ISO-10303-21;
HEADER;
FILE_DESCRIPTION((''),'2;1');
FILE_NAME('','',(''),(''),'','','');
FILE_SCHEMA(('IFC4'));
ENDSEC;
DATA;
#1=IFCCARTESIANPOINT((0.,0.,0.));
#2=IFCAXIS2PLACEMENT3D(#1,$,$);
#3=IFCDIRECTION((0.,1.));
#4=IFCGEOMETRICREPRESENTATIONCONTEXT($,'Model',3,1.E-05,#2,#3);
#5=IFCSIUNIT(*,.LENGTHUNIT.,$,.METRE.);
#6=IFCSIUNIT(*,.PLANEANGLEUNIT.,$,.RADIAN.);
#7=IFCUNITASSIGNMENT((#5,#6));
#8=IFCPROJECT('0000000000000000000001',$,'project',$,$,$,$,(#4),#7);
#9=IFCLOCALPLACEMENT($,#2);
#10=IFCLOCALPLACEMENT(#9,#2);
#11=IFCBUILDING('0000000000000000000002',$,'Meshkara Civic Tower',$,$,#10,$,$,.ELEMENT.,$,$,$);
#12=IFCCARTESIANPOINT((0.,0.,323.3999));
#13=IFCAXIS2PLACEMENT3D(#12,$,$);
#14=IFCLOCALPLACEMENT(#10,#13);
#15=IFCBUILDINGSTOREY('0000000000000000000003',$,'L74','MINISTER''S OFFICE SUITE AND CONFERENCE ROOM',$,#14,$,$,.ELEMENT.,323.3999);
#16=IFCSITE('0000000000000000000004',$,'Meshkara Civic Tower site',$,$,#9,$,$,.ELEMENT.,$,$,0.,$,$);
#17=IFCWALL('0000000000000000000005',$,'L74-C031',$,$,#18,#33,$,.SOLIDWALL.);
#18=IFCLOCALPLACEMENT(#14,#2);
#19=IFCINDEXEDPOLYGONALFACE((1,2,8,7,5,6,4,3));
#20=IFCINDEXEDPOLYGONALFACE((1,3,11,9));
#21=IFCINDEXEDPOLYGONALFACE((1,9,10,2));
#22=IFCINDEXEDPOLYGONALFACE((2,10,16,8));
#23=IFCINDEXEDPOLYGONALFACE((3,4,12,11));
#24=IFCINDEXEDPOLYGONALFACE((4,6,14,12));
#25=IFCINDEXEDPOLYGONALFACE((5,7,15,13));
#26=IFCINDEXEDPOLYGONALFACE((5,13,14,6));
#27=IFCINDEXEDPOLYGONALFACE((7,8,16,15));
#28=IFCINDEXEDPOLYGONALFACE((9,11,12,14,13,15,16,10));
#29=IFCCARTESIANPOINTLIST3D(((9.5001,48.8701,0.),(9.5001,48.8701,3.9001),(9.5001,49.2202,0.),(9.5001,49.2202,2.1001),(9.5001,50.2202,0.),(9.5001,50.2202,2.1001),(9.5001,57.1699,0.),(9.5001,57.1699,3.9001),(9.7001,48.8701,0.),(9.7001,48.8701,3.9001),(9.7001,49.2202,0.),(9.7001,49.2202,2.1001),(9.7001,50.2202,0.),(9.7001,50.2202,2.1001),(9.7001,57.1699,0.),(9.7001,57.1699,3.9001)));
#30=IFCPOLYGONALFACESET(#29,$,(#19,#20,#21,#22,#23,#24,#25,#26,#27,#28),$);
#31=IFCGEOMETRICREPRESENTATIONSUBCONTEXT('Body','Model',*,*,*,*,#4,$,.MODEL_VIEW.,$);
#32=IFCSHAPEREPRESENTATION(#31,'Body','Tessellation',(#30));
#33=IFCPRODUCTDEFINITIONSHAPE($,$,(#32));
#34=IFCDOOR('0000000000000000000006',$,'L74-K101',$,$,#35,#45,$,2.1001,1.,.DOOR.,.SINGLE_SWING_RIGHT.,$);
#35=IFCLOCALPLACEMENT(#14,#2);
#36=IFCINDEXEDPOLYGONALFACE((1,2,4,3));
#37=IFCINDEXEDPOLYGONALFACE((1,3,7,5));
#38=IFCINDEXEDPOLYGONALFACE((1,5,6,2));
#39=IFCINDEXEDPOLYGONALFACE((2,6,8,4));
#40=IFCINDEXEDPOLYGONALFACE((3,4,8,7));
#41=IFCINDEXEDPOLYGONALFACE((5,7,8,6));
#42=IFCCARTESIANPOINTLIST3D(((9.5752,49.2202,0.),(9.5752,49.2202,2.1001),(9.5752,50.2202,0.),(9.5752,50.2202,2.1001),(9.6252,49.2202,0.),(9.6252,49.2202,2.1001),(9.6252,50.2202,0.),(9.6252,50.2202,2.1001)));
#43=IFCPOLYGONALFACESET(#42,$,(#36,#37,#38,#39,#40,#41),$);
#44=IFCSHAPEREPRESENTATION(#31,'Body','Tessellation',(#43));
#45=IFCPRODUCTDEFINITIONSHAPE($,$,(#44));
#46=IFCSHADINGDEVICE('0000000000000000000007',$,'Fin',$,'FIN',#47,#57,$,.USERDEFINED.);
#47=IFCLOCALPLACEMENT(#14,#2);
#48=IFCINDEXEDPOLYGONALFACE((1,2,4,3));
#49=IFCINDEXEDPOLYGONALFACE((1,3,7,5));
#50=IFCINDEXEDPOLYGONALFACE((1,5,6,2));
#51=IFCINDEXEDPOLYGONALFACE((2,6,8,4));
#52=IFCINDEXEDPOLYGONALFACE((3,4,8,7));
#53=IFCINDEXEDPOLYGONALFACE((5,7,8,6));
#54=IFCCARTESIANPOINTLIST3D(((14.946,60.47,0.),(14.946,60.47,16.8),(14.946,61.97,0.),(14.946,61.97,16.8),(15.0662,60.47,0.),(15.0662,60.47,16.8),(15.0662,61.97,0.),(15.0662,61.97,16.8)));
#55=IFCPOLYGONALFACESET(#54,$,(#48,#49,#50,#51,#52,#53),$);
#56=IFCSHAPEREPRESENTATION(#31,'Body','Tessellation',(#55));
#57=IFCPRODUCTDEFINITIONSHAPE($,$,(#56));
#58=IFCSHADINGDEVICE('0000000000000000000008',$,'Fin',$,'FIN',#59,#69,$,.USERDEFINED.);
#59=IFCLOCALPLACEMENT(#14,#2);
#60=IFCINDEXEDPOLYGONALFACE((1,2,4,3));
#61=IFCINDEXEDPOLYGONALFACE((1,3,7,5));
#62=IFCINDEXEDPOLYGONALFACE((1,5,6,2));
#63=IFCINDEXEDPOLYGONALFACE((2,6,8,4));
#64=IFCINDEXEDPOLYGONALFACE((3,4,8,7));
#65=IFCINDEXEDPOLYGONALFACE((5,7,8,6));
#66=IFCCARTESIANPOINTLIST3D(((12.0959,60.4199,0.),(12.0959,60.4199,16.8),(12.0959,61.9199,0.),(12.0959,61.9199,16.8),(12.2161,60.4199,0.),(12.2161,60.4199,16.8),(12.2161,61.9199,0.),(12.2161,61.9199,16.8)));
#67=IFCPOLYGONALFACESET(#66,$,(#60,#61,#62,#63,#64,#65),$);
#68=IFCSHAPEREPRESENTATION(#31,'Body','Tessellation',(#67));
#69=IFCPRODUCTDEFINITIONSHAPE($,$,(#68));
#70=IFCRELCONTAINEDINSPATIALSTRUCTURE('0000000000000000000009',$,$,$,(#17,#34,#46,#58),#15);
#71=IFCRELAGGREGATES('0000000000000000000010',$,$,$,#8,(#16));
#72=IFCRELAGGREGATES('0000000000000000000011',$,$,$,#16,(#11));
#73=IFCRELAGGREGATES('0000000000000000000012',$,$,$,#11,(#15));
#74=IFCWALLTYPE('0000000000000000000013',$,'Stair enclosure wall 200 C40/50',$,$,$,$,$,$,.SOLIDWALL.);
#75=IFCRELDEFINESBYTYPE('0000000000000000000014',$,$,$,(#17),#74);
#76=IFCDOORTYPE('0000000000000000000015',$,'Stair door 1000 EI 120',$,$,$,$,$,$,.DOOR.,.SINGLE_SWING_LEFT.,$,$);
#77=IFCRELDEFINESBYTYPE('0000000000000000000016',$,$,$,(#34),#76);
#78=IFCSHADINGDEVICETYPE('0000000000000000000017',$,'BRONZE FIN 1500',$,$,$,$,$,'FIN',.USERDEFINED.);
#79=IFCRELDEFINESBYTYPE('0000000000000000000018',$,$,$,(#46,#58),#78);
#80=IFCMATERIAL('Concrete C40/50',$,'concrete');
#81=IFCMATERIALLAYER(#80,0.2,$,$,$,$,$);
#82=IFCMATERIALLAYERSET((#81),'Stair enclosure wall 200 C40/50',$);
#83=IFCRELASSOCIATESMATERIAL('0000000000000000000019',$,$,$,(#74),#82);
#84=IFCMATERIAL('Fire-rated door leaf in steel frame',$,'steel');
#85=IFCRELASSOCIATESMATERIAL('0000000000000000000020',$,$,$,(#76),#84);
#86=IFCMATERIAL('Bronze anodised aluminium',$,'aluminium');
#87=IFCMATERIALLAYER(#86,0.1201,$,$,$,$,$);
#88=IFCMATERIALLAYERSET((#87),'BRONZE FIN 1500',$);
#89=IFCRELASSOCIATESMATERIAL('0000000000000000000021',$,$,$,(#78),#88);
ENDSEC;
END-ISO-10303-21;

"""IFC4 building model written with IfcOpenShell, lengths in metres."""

from ifc_helpers import new_model, si_unit, direction, frame, frame_2d, origin, origin_2d, place, context, subcontext, project, spatial, rectangle, extrude, material, layer, layer_set, type_object, element, fill, save


model = new_model("IFC4")

# Units and contexts
model_context = context("Model", 3, precision=1e-05, world=origin(), true_north=direction((0.0, 1.0)))
body_context = subcontext(model_context, "Body", "Model", "MODEL_VIEW")
ifc_project = project(units=[si_unit("LENGTHUNIT", "METRE"), si_unit("PLANEANGLEUNIT", "RADIAN")], contexts=[model_context])

# Site, building, storey
site_placement = place(None, origin())
site = spatial("IfcSite", under=ifc_project, at=site_placement, Name="Meshkara Civic Tower site", CompositionType="ELEMENT", RefElevation=0.0)
building_placement = place(site_placement, origin())
building = spatial("IfcBuilding", under=site, at=building_placement, Name="Meshkara Civic Tower", CompositionType="ELEMENT")
storey_placement = place(building_placement, frame((0.0, 0.0, 323.3999)))
storey = spatial("IfcBuildingStorey", under=building, at=storey_placement, Name="L74", Description="MINISTER'S OFFICE SUITE AND CONFERENCE ROOM", CompositionType="ELEMENT", Elevation=323.3999)

# Wall, opening, door
ifc_material_1 = material(Name="Concrete C40/50", Category="concrete")
ifc_layer_1 = layer(ifc_material_1, 0.2)
ifc_layer_set_1 = layer_set([ifc_layer_1], Name="Stair enclosure wall 200 C40/50")
wall_type_1 = type_object("IfcWallType", Name="Stair enclosure wall 200 C40/50", PredefinedType="SOLIDWALL", material=ifc_layer_set_1)
wall_1_placement = place(storey_placement, frame((9.6001, 48.8701, 0.0), z_axis=(0.0, 0.0, 1.0), x_axis=(0.0, 1.0, 0.0)))
wall_1 = element("IfcWall", 1, at=wall_1_placement, inside=storey, type_object=wall_type_1, Name="L74-C031", PredefinedType="SOLIDWALL", context=body_context, shape_type="SweptSolid", body=[
    extrude(rectangle(XDim=8.2998, YDim=0.2, at=frame_2d((4.1499, 0.0))), origin(), (0.0, 0.0, 1.0), 3.9001),
])
opening_1_placement = place(wall_1_placement, frame((0.3501, 0.0, 0.0)))
opening_1 = element("IfcOpeningElement", 2, at=opening_1_placement, cuts=wall_1, PredefinedType="OPENING", context=body_context, shape_type="SweptSolid", body=[
    extrude(rectangle(XDim=1.0, YDim=2.1001, at=frame_2d((0.5, 1.05))), frame((0.0, 0.1099, 0.0), z_axis=(0.0, -1.0, 0.0), x_axis=(1.0, 0.0, 0.0)), (0.0, 0.0, 1.0), 0.22),
])
ifc_material_2 = material(Name="Fire-rated door leaf in steel frame", Category="steel")
door_type_1 = type_object("IfcDoorType", Name="Stair door 1000 EI 120", OperationType="SINGLE_SWING_LEFT", PredefinedType="DOOR", material=ifc_material_2)
door_1_placement = place(opening_1_placement, origin())
door_1 = element("IfcDoor", 3, at=door_1_placement, inside=storey, type_object=door_type_1, Name="L74-K101", OperationType="SINGLE_SWING_RIGHT", OverallHeight=2.1001, OverallWidth=1.0, PredefinedType="DOOR", context=body_context, shape_type="SweptSolid", body=[
    extrude(rectangle(XDim=1.0, YDim=2.1001, at=frame_2d((0.5, 1.05))), frame((0.0, 0.0249, 0.0), z_axis=(0.0, -1.0, 0.0), x_axis=(1.0, 0.0, 0.0)), (0.0, 0.0, 1.0), 0.05),
])
fill(opening_1, door_1)

# Shading devices
ifc_material_3 = material(Name="Bronze anodised aluminium", Category="aluminium")
ifc_layer_2 = layer(ifc_material_3, 0.1201)
ifc_layer_set_2 = layer_set([ifc_layer_2], Name="BRONZE FIN 1500")
shading_device_type = type_object("IfcShadingDeviceType", Name="BRONZE FIN 1500", ElementType="FIN", PredefinedType="USERDEFINED", material=ifc_layer_set_2)
for number, where, z_axis, x_axis, name in (
    (4, (15.0061, 61.22, 0.0), (0.0, 0.0, 1.0), (-1.0, 0.0, 0.0), "Fin"),
    (5, (12.156, 61.1699, 0.0), (0.0, 0.0, 1.0), (-1.0, 0.0, 0.0), "Fin"),
):
    element("IfcShadingDevice", number, at=place(storey_placement, frame(where, z_axis=z_axis, x_axis=x_axis)), inside=storey, type_object=shading_device_type, Name=name, ObjectType="FIN", PredefinedType="USERDEFINED", context=body_context, shape_type="SweptSolid", body=[
        extrude(rectangle(XDim=0.1201, YDim=1.5, at=origin_2d()), origin(), (0.0, 0.0, 1.0), 16.8),
    ])

save(model, "model.ifc")
